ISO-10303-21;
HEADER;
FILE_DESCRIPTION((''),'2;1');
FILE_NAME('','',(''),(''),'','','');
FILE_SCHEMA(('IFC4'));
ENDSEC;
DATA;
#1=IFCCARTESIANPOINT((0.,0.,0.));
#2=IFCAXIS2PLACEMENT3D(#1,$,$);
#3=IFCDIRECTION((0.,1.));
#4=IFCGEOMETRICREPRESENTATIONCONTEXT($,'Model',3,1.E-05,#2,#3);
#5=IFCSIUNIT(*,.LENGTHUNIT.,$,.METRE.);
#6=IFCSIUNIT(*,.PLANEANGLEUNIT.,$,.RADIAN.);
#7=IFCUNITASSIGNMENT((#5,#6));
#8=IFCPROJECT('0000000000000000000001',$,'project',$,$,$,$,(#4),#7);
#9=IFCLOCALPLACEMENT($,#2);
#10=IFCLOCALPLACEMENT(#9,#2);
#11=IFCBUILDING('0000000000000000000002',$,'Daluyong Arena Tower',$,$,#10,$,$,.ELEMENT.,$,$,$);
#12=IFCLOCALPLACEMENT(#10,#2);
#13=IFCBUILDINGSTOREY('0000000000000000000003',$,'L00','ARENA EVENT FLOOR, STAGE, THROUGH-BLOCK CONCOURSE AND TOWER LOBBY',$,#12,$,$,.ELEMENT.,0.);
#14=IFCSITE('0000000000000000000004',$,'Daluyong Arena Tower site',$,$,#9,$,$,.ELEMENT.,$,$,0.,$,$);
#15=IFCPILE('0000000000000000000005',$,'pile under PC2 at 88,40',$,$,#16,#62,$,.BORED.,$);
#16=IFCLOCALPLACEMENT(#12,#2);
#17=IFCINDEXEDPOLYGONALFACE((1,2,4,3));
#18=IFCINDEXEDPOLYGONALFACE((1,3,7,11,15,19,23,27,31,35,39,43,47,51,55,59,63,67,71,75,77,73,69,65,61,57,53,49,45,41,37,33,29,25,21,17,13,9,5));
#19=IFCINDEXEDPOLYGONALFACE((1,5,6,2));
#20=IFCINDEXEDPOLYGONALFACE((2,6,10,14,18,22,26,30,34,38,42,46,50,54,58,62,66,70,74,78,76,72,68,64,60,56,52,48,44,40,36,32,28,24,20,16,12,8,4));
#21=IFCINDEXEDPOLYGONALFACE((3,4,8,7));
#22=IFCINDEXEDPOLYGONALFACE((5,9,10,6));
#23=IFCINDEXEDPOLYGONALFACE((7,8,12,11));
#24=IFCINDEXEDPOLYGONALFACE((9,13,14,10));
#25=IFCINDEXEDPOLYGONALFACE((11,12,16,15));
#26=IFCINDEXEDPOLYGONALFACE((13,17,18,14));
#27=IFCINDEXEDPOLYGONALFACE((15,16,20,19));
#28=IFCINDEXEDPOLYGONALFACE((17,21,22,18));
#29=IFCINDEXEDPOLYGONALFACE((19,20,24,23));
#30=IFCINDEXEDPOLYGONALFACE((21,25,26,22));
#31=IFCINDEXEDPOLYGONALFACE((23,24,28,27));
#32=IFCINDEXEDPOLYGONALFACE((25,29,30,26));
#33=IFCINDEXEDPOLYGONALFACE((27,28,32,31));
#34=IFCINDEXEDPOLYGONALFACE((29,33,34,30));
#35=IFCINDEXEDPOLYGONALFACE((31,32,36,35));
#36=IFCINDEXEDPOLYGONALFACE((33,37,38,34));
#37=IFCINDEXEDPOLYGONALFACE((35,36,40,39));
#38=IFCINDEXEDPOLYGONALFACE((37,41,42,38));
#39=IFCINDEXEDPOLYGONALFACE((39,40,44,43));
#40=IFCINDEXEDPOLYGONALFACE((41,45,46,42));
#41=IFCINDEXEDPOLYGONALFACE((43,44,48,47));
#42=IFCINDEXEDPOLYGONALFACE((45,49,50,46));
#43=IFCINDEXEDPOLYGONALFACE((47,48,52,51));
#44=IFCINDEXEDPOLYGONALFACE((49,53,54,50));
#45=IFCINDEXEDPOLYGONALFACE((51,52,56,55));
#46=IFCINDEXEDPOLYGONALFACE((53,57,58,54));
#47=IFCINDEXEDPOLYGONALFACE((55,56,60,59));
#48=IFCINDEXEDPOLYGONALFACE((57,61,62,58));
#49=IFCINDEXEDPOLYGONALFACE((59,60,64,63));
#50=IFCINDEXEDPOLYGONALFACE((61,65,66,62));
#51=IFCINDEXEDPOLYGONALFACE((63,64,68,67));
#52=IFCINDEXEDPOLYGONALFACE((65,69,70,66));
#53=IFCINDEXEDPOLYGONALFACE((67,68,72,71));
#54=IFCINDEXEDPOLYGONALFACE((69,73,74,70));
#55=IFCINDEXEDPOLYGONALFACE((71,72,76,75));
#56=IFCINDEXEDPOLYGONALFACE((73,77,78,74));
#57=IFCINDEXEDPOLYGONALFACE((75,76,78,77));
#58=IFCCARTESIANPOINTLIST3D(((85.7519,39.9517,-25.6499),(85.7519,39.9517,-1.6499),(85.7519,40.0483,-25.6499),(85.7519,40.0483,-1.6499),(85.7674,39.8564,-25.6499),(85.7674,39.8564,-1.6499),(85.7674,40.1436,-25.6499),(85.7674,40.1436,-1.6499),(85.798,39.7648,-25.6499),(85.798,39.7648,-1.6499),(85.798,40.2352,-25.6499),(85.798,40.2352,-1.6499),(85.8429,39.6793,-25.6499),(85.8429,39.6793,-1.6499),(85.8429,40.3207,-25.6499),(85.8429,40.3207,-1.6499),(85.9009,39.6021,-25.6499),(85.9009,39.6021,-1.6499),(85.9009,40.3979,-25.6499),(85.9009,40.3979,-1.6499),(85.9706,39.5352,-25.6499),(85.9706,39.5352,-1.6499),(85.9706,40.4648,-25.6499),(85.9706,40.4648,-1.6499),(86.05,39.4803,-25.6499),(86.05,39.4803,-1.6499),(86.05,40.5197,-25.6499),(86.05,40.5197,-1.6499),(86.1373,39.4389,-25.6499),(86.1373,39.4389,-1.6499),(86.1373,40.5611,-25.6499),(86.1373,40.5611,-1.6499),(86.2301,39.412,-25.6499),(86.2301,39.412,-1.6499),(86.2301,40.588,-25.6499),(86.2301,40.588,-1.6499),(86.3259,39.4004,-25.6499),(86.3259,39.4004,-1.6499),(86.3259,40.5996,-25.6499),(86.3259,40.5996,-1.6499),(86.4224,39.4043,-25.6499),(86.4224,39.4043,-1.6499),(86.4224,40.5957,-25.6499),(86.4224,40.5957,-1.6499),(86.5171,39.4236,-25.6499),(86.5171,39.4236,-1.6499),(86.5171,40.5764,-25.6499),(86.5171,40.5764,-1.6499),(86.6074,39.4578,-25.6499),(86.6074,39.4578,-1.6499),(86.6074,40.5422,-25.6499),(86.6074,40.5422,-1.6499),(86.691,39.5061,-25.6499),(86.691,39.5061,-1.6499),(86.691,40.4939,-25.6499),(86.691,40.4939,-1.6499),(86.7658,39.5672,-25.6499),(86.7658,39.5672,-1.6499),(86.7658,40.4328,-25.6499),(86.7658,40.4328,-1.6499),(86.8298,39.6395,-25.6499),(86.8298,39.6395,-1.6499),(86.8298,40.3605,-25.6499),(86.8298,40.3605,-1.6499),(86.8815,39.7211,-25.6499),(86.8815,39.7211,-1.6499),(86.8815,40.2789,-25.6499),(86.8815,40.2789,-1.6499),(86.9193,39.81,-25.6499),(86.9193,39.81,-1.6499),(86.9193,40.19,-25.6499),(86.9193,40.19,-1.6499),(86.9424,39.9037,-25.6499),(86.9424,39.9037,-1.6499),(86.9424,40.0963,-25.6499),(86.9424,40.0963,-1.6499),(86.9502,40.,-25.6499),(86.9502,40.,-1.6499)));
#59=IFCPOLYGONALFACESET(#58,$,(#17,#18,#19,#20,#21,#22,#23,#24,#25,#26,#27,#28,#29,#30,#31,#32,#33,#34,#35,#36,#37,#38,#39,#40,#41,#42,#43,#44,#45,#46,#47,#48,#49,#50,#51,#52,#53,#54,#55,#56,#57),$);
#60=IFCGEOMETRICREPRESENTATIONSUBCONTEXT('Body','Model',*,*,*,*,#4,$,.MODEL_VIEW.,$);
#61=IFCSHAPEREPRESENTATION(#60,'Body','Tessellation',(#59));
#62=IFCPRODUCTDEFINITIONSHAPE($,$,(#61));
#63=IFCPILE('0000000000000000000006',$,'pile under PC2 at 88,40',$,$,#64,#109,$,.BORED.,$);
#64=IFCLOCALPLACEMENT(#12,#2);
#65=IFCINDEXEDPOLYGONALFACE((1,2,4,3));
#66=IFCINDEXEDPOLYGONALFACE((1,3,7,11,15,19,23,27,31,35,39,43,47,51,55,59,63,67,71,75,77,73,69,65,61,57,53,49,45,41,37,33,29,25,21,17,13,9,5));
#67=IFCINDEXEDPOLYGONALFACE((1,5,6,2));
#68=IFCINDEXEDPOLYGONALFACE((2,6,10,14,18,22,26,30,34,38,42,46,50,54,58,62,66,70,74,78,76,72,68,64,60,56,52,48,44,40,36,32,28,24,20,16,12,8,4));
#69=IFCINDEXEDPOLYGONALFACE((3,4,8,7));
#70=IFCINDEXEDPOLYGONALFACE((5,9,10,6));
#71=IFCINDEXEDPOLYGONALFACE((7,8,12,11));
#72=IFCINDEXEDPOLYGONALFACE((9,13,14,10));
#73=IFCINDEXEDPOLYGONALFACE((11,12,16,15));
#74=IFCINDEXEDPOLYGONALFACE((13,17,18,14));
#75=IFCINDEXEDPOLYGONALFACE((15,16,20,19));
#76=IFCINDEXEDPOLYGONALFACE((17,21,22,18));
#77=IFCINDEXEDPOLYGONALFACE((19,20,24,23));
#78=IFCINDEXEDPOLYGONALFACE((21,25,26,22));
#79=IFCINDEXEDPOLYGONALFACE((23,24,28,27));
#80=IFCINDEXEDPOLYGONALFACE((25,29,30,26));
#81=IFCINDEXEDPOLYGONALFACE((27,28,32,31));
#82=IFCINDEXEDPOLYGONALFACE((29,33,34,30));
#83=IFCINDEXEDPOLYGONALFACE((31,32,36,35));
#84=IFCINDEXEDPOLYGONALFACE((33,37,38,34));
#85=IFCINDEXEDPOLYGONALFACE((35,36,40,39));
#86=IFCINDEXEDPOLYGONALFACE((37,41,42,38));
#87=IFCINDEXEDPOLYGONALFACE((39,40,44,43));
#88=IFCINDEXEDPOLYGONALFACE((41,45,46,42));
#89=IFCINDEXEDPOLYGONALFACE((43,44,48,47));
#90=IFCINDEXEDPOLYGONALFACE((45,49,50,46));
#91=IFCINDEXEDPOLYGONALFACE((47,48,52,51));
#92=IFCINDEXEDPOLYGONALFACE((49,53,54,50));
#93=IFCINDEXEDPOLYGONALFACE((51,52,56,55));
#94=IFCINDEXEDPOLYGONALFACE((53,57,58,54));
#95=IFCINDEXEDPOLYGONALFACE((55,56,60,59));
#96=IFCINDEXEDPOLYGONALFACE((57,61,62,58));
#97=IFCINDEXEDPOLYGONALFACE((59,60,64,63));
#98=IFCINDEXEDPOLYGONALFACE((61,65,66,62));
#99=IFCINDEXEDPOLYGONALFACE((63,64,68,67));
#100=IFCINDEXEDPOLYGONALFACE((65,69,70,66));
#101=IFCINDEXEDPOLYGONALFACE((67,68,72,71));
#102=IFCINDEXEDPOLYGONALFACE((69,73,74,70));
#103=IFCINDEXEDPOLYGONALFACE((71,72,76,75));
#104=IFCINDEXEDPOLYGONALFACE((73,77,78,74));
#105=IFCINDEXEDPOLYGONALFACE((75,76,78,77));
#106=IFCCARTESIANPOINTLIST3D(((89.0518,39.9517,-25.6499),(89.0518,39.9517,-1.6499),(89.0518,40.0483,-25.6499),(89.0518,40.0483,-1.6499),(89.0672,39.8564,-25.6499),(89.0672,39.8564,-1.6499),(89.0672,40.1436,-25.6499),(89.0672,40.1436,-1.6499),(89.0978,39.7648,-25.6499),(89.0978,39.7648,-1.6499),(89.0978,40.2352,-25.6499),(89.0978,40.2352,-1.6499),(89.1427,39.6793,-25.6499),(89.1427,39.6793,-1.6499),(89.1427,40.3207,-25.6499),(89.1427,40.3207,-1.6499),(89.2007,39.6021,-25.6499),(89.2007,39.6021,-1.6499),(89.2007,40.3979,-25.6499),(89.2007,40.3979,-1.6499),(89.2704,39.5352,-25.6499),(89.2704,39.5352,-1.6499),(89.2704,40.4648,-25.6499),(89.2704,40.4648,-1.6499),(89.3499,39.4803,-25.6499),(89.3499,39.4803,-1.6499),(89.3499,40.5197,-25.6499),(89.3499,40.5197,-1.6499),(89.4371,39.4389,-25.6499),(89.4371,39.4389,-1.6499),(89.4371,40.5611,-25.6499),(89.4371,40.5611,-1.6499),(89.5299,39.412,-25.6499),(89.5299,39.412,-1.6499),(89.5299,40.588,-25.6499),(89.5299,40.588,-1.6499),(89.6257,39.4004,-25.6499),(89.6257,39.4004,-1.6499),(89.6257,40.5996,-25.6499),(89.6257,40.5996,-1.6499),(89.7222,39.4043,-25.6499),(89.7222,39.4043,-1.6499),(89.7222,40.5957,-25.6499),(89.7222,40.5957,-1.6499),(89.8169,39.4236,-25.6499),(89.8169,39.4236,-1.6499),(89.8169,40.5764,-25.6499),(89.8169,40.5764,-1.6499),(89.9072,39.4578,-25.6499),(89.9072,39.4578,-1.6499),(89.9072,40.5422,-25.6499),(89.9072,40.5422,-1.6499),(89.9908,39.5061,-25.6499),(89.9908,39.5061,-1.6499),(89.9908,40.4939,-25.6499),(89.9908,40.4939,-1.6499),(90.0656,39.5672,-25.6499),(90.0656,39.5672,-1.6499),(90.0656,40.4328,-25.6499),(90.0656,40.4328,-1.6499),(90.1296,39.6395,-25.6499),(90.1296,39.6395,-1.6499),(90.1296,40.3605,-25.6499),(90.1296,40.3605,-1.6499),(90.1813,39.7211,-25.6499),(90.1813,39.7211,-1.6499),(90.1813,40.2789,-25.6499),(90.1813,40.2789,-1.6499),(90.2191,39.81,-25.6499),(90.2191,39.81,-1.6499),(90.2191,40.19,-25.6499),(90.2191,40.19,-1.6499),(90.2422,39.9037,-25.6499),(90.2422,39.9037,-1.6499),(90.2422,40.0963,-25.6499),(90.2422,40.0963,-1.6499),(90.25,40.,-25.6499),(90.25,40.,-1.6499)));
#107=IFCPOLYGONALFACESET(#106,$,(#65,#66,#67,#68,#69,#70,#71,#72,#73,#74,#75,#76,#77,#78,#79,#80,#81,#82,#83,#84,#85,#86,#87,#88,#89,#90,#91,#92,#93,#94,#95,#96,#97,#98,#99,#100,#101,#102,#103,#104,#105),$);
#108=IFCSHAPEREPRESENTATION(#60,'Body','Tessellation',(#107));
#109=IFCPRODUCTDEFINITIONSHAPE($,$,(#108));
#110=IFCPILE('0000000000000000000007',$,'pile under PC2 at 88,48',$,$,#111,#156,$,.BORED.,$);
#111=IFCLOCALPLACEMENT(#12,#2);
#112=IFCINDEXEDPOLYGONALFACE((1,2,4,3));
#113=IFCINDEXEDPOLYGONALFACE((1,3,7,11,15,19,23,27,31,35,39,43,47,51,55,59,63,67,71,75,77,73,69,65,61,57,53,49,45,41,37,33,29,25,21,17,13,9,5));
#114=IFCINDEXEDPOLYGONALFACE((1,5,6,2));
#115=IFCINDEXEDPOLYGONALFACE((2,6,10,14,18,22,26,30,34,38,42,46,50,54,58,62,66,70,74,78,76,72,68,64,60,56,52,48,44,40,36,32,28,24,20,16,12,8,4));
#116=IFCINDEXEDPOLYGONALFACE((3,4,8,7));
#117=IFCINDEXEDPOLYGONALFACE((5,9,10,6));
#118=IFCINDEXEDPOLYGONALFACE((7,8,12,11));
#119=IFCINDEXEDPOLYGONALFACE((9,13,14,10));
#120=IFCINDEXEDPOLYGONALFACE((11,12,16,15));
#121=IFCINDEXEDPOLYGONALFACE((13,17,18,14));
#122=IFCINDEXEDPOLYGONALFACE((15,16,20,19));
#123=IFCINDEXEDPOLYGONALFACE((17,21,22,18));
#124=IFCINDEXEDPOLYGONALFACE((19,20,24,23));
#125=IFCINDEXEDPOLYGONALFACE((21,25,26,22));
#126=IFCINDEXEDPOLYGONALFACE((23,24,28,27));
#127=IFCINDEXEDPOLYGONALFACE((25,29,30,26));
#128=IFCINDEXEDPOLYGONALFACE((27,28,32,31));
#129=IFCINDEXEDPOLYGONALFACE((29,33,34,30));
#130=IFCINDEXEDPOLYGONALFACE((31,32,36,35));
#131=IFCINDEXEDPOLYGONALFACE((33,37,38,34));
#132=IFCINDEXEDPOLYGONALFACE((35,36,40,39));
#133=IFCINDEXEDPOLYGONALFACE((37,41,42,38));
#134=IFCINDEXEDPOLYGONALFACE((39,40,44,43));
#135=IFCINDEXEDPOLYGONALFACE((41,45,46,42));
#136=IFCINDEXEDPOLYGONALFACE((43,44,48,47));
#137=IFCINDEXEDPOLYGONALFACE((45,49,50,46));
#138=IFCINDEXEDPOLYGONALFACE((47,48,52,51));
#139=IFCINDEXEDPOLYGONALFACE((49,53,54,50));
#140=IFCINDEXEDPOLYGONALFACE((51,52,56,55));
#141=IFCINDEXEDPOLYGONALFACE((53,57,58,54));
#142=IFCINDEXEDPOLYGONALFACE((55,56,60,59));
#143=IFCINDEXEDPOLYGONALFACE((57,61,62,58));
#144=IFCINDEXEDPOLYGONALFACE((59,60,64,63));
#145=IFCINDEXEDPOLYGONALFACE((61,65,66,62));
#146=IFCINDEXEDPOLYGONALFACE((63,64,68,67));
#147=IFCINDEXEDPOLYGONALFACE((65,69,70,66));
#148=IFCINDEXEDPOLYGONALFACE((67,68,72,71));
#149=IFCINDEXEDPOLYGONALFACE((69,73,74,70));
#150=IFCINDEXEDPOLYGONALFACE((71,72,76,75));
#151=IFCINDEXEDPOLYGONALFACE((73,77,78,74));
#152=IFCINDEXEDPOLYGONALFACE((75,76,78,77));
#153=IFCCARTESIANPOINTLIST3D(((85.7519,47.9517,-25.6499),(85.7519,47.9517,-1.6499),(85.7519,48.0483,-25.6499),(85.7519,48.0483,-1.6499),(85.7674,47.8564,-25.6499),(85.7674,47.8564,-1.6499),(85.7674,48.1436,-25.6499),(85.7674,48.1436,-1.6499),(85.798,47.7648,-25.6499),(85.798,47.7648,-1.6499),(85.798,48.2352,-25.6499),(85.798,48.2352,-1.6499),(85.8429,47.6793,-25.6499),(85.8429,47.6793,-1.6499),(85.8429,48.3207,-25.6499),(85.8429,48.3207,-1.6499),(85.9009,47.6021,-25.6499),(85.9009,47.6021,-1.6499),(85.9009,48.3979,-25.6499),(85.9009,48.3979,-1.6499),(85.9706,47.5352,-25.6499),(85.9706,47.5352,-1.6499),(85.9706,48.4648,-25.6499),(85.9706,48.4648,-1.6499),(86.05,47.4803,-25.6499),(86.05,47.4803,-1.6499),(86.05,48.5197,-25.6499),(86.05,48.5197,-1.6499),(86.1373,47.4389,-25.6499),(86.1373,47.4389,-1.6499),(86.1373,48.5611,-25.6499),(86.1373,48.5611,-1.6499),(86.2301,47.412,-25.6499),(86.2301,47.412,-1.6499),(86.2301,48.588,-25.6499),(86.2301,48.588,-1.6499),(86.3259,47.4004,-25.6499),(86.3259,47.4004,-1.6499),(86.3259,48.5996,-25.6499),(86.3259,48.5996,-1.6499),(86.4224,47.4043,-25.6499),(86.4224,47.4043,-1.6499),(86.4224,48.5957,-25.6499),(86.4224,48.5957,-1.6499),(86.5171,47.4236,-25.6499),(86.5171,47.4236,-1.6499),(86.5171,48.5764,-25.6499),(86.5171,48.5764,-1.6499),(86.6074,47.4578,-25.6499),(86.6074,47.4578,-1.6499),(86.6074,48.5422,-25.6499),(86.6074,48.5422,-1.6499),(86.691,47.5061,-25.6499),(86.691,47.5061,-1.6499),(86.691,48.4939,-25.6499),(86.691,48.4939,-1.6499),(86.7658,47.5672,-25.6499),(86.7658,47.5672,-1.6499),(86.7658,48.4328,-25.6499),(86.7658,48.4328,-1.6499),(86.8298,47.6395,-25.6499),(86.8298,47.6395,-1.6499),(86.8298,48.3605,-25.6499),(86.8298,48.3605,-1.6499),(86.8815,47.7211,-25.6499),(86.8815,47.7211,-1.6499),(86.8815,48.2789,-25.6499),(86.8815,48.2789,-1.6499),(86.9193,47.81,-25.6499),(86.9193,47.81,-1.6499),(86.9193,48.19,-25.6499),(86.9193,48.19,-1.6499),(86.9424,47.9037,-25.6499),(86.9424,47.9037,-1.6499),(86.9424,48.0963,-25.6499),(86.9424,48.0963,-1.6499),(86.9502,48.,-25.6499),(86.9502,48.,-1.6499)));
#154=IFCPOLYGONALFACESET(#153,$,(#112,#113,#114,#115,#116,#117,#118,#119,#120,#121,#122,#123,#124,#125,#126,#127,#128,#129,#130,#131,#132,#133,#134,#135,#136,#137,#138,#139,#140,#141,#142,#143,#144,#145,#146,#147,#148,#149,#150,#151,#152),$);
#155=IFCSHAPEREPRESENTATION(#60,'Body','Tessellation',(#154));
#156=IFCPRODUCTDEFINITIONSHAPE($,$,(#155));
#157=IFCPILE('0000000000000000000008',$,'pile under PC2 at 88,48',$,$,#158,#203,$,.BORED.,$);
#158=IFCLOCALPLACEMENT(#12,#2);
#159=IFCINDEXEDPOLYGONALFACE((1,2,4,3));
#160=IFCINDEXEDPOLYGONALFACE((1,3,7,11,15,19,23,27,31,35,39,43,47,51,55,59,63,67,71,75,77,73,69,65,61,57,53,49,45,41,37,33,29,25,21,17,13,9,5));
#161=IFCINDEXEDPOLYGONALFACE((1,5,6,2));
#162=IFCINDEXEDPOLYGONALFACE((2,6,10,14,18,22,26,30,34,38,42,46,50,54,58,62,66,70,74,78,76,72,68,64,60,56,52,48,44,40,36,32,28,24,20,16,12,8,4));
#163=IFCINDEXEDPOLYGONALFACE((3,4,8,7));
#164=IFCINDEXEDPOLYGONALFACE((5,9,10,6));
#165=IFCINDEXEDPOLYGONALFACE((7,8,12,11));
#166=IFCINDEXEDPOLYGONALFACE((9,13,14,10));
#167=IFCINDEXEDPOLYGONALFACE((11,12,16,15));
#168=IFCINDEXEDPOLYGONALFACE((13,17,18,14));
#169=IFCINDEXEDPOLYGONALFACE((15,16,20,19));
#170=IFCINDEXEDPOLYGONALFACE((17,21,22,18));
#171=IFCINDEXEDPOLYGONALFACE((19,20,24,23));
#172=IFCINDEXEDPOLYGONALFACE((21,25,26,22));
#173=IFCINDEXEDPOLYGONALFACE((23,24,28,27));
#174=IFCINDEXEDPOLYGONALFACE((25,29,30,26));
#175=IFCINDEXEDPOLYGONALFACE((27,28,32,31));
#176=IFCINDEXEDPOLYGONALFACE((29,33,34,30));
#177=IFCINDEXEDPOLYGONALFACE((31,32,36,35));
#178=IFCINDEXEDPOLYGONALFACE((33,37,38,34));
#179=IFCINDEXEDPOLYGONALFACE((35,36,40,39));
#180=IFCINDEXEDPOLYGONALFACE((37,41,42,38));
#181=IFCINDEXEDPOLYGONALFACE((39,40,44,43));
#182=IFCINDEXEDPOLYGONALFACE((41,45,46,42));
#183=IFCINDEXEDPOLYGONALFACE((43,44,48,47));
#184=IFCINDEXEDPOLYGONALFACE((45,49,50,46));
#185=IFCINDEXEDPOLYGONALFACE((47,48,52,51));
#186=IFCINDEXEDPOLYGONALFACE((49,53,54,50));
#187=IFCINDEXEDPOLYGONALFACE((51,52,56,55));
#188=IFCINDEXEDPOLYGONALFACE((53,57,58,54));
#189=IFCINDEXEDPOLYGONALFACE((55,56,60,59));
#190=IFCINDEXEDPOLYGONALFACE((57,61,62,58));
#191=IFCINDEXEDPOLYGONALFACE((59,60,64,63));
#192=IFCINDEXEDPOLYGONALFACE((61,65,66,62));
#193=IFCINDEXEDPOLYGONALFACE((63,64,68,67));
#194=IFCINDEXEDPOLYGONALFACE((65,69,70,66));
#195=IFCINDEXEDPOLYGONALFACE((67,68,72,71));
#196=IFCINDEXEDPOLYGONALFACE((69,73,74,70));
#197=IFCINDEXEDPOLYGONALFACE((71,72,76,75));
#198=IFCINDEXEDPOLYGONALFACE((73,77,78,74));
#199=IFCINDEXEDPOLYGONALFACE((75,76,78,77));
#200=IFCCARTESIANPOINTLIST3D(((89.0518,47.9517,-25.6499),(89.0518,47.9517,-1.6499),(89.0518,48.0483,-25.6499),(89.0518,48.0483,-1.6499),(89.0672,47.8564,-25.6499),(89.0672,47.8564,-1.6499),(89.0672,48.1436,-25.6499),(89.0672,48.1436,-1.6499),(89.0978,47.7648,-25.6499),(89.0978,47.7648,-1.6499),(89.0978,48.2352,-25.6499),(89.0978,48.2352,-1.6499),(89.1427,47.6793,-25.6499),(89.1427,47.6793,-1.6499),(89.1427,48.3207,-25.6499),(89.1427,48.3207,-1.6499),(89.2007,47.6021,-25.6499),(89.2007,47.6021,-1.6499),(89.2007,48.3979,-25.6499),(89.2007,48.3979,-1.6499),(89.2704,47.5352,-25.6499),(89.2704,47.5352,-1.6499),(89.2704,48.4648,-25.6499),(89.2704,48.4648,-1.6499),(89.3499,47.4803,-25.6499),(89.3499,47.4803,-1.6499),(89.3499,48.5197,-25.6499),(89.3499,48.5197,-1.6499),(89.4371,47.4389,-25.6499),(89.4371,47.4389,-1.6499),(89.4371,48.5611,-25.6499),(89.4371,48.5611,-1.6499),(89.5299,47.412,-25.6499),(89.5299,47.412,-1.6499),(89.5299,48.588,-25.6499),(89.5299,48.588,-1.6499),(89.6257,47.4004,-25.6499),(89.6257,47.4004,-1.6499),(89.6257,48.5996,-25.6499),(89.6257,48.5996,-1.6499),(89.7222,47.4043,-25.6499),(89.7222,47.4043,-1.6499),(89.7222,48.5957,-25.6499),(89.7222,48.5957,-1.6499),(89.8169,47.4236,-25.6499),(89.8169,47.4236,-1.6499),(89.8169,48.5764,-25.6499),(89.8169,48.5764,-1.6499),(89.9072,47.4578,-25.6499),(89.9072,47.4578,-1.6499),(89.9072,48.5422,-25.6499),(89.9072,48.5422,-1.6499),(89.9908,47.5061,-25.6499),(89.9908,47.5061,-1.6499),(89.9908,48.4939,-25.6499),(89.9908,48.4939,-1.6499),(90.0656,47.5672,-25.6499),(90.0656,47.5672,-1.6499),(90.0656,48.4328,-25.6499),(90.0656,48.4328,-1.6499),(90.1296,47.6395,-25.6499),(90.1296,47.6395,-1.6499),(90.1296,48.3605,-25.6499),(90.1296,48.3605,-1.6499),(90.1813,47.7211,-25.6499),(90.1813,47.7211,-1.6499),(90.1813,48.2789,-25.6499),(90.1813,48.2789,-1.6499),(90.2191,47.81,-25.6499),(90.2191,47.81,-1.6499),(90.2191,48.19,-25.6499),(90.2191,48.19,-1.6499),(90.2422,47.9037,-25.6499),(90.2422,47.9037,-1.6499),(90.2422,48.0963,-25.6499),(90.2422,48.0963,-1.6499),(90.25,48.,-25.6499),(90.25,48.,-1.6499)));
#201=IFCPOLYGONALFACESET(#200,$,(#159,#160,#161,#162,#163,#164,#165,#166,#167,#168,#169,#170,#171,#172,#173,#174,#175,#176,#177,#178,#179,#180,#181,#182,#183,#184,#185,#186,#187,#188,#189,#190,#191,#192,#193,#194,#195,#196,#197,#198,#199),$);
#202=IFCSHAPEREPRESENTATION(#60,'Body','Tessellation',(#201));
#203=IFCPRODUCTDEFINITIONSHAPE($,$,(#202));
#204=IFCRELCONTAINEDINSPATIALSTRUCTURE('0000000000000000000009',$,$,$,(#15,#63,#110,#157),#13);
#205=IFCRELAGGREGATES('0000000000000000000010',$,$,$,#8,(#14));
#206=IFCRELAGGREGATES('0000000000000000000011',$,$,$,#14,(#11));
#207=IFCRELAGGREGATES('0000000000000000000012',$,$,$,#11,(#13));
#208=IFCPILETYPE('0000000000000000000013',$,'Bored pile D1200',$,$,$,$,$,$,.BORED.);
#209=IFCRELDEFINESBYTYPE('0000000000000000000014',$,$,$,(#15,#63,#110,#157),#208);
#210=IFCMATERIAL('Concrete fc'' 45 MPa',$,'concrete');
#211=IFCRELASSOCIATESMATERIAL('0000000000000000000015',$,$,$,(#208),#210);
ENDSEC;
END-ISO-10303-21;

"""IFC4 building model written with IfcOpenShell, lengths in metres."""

from ifc_helpers import new_model, si_unit, direction, frame, origin, origin_2d, place, context, subcontext, project, spatial, circle, extrude, material, type_object, element, save


model = new_model("IFC4")

# Units and contexts
model_context = context("Model", 3, precision=1e-05, world=origin(), true_north=direction((0.0, 1.0)))
body_context = subcontext(model_context, "Body", "Model", "MODEL_VIEW")
ifc_project = project(units=[si_unit("LENGTHUNIT", "METRE"), si_unit("PLANEANGLEUNIT", "RADIAN")], contexts=[model_context])

# Site, building, storey
site_placement = place(None, origin())
site = spatial("IfcSite", under=ifc_project, at=site_placement, Name="Daluyong Arena Tower site", CompositionType="ELEMENT", RefElevation=0.0)
building_placement = place(site_placement, origin())
building = spatial("IfcBuilding", under=site, at=building_placement, Name="Daluyong Arena Tower", CompositionType="ELEMENT")
storey_placement = place(building_placement, origin())
storey = spatial("IfcBuildingStorey", under=building, at=storey_placement, Name="L00", Description="ARENA EVENT FLOOR, STAGE, THROUGH-BLOCK CONCOURSE AND TOWER LOBBY", CompositionType="ELEMENT", Elevation=0.0)

# Piles
ifc_material_1 = material(Name="Concrete fc' 45 MPa", Category="concrete")
pile_type_1 = type_object("IfcPileType", Name="Bored pile D1200", PredefinedType="BORED", material=ifc_material_1)
for number, where, z_axis, x_axis, name in (
    (1, (86.3501, 40.0, -1.6499), (0.0, 0.0, -1.0), (1.0, 0.0, 0.0), "pile under PC2 at 88,40"),
    (2, (89.6499, 40.0, -1.6499), (0.0, 0.0, -1.0), (1.0, 0.0, 0.0), "pile under PC2 at 88,40"),
    (3, (86.3501, 48.0, -1.6499), (0.0, 0.0, -1.0), (1.0, 0.0, 0.0), "pile under PC2 at 88,48"),
    (4, (89.6499, 48.0, -1.6499), (0.0, 0.0, -1.0), (1.0, 0.0, 0.0), "pile under PC2 at 88,48"),
):
    element("IfcPile", number, at=place(storey_placement, frame(where, z_axis=z_axis, x_axis=x_axis)), inside=storey, type_object=pile_type_1, Name=name, PredefinedType="BORED", context=body_context, shape_type="SweptSolid", body=[
        extrude(circle(Radius=0.6001, at=origin_2d()), origin(), (0.0, 0.0, 1.0), 24.0),
    ])

save(model, "model.ifc")
